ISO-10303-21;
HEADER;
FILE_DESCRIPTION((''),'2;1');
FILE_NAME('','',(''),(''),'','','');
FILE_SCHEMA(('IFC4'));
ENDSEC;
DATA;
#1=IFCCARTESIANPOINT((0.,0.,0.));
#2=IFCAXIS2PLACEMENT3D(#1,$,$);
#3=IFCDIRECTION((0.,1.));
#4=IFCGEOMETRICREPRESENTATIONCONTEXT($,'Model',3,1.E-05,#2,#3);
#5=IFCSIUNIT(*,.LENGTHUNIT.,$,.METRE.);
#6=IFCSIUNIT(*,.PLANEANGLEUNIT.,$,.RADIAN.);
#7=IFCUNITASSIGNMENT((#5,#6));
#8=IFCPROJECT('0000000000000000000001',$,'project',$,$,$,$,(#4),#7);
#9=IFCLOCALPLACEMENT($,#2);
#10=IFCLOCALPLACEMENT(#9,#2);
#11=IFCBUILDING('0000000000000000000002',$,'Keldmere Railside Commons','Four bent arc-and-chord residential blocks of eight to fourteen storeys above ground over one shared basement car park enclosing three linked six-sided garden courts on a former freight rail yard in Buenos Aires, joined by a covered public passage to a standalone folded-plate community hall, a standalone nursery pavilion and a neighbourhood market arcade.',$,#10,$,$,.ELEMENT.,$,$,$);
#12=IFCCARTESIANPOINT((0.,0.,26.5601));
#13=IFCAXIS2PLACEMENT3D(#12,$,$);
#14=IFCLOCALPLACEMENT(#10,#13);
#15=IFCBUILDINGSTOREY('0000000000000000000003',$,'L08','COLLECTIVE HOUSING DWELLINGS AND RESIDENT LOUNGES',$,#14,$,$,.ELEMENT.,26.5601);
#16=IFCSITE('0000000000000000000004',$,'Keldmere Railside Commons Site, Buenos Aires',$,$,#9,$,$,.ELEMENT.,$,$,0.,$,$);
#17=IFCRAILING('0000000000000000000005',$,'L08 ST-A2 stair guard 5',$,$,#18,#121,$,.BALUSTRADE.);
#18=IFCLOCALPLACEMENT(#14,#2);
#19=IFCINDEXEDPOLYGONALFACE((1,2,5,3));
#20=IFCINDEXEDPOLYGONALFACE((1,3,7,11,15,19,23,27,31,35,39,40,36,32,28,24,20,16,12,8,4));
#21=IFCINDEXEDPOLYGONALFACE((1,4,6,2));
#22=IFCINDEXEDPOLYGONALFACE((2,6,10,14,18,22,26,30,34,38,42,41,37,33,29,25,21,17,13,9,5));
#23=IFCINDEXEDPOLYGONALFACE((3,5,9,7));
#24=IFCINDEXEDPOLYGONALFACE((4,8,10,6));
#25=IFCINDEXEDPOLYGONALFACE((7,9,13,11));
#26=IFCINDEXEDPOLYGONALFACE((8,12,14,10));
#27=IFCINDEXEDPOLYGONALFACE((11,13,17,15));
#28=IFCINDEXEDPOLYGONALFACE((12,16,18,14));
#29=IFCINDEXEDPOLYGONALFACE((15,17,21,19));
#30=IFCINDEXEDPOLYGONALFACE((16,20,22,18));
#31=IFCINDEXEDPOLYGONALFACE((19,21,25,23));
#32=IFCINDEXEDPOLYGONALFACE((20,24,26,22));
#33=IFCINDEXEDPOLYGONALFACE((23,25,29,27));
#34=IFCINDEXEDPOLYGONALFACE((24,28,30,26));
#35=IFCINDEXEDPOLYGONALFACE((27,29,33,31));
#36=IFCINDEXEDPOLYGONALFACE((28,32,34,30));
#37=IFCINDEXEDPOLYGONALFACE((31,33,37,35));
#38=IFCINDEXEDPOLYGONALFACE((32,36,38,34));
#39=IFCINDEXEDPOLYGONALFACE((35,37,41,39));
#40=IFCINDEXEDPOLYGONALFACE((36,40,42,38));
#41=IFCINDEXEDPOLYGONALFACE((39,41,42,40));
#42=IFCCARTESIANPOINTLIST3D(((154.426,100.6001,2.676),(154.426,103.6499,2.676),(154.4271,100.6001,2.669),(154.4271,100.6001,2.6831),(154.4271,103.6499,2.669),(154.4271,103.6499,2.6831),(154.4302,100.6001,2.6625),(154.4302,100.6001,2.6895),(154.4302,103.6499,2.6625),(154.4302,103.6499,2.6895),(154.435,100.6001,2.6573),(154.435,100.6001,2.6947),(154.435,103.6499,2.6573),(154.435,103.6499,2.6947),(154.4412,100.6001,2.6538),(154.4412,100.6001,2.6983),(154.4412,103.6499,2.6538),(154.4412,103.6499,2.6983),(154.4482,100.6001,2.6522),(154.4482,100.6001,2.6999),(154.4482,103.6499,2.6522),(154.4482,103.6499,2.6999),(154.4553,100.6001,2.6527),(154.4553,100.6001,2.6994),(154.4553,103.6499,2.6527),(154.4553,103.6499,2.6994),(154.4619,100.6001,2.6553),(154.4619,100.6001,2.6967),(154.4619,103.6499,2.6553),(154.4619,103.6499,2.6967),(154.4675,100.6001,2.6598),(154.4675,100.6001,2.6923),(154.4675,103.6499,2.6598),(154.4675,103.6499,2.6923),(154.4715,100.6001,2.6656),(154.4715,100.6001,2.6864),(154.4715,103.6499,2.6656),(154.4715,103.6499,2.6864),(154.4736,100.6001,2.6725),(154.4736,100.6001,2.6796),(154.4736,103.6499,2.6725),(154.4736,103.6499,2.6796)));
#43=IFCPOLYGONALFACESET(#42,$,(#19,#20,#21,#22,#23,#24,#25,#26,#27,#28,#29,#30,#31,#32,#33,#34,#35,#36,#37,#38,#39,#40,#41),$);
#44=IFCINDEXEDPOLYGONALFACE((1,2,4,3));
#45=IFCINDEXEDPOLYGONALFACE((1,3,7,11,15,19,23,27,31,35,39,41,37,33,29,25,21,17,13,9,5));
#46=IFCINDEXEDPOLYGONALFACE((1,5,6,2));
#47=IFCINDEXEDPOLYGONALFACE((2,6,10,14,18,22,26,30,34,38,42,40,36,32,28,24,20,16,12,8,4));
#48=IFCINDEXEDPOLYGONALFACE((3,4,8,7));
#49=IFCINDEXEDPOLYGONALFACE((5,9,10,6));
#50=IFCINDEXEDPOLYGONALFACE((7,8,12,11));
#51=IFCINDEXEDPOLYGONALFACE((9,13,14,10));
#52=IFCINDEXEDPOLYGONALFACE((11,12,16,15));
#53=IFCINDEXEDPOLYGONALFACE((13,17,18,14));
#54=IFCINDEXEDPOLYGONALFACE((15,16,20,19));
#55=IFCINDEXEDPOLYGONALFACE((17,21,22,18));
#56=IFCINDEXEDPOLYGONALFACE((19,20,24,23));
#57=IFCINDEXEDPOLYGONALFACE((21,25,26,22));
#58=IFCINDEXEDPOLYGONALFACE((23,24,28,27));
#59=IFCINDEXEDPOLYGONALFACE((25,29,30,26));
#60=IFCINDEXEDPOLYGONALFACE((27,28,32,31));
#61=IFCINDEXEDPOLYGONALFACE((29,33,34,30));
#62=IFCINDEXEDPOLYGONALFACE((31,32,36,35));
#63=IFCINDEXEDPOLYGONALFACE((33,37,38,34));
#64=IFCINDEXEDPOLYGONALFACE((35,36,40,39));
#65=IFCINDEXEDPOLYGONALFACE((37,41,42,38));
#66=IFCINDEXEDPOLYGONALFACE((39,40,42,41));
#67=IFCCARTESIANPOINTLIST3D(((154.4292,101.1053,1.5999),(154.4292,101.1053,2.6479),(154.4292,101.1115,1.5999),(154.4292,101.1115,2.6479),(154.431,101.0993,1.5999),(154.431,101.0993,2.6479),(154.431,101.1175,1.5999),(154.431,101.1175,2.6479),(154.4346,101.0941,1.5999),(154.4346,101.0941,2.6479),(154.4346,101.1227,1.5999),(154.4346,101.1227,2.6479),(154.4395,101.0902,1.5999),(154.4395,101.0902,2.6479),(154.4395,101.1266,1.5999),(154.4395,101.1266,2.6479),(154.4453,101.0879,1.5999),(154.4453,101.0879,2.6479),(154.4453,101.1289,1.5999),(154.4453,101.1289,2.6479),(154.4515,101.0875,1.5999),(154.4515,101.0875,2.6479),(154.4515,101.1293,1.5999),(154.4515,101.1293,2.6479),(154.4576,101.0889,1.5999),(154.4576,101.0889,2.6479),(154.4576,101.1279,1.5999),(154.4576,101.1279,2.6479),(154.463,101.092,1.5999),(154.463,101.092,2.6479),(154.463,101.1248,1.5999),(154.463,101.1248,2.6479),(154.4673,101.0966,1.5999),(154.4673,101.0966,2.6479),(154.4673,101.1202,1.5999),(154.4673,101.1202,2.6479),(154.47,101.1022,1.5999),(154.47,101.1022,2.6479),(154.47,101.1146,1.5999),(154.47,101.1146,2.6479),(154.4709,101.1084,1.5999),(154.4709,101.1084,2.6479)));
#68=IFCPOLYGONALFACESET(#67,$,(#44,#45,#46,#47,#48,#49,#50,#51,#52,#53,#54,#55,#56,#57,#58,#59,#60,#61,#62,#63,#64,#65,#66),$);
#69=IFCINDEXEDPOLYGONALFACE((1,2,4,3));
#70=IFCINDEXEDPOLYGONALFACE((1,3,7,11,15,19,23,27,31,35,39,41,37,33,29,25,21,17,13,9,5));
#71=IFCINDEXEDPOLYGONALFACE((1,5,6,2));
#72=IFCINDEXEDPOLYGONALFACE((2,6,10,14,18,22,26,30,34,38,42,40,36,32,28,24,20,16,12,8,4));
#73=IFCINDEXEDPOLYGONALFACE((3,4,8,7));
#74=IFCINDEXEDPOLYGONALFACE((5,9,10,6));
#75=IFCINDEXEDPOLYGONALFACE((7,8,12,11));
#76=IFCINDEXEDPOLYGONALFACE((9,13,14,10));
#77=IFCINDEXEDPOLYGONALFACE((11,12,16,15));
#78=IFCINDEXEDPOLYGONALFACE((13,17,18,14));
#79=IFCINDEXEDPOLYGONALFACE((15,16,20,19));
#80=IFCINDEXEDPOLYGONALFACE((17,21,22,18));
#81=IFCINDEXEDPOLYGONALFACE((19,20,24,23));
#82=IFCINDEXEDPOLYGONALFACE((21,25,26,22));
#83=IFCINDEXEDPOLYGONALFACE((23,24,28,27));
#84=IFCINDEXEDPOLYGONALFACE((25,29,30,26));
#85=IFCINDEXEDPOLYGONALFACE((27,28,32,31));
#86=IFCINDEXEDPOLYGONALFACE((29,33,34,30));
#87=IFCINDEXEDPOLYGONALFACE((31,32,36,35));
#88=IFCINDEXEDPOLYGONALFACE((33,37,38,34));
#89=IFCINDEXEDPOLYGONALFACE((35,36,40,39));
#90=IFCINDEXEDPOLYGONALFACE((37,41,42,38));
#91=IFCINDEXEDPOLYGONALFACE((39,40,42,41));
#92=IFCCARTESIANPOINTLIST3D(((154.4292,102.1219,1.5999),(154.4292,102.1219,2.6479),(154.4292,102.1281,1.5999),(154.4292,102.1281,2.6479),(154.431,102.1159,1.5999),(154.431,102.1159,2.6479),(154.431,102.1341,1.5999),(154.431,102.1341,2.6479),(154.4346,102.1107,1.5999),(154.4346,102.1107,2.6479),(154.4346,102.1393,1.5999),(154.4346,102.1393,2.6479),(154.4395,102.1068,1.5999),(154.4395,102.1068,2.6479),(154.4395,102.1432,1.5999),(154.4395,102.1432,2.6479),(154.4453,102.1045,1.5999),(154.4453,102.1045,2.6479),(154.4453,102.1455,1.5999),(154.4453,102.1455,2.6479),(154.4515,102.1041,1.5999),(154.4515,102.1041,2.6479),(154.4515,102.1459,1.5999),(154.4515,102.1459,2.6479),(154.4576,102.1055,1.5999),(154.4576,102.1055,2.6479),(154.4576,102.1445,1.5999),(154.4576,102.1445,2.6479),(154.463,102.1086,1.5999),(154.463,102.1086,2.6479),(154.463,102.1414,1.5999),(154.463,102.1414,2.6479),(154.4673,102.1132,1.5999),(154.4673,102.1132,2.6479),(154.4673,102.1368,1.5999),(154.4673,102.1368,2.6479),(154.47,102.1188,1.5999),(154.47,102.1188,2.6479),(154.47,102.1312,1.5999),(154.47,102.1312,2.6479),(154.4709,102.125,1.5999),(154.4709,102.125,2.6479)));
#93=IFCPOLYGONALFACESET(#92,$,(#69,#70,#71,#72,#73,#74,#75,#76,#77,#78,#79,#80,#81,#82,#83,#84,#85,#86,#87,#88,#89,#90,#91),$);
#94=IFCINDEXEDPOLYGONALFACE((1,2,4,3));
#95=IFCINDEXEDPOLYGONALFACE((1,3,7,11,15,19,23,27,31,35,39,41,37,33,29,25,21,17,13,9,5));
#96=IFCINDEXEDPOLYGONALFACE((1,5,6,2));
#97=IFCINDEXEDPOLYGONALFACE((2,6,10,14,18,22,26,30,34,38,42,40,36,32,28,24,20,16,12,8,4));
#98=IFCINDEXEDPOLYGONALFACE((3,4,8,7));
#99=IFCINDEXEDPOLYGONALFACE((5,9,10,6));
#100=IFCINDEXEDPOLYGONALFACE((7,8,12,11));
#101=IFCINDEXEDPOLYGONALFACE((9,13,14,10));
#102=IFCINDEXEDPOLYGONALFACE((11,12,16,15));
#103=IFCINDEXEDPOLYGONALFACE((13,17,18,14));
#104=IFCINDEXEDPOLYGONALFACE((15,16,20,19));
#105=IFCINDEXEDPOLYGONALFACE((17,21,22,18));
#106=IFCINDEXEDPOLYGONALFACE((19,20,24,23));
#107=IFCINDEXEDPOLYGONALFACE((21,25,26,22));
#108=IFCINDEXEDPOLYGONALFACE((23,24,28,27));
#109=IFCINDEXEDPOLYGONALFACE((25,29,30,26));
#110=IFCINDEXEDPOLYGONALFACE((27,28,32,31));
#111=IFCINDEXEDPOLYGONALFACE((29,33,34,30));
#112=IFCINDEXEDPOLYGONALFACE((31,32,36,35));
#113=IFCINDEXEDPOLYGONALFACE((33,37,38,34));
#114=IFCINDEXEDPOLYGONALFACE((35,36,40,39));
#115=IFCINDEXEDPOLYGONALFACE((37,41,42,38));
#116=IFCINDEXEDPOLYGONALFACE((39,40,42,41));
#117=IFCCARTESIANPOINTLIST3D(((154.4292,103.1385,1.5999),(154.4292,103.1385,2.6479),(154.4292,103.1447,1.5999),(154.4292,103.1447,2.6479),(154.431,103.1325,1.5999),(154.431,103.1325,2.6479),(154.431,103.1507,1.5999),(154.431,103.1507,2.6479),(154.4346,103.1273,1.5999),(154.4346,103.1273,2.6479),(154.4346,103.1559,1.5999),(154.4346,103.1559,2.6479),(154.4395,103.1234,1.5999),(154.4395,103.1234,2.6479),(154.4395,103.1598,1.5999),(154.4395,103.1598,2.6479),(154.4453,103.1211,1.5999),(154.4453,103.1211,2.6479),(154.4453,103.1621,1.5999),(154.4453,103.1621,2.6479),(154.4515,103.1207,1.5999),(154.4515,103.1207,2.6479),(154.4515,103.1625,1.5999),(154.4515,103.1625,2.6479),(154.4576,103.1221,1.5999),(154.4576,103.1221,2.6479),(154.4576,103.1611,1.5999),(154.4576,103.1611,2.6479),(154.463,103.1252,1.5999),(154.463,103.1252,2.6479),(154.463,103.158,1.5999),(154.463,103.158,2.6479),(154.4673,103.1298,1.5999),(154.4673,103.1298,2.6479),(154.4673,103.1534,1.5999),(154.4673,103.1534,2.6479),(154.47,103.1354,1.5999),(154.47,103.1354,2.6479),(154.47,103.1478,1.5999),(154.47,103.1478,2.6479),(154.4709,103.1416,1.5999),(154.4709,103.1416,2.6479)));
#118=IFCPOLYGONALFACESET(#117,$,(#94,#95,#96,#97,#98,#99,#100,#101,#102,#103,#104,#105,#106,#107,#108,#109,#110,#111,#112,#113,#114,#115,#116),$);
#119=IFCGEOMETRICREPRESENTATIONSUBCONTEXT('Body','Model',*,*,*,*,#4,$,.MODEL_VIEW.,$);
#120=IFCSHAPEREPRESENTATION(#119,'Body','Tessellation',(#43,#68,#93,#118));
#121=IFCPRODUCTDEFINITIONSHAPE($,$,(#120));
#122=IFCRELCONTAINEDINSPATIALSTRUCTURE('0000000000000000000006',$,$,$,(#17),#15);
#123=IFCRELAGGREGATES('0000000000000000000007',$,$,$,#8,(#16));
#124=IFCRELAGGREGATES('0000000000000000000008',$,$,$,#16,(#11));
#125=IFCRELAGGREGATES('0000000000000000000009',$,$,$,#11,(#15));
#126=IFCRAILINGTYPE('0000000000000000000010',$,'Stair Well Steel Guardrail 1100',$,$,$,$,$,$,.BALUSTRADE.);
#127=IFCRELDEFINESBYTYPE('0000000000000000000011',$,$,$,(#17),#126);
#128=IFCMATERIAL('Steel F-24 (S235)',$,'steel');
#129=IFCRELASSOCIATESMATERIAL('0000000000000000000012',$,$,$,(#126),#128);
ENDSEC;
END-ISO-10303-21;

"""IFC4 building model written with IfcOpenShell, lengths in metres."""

from ifc_helpers import new_model, si_unit, direction, frame, origin, origin_2d, place, context, subcontext, project, spatial, circle, extrude, material, type_object, element, save


model = new_model("IFC4")

# Units and contexts
model_context = context("Model", 3, precision=1e-05, world=origin(), true_north=direction((0.0, 1.0)))
body_context = subcontext(model_context, "Body", "Model", "MODEL_VIEW")
ifc_project = project(units=[si_unit("LENGTHUNIT", "METRE"), si_unit("PLANEANGLEUNIT", "RADIAN")], contexts=[model_context])

# Site, building, storey
site_placement = place(None, origin())
site = spatial("IfcSite", under=ifc_project, at=site_placement, Name="Keldmere Railside Commons Site, Buenos Aires", CompositionType="ELEMENT", RefElevation=0.0)
building_placement = place(site_placement, origin())
building = spatial("IfcBuilding", under=site, at=building_placement, Name="Keldmere Railside Commons", Description="Four bent arc-and-chord residential blocks of eight to fourteen storeys above ground over one shared basement car park enclosing three linked six-sided garden courts on a former freight rail yard in Buenos Aires, joined by a covered public passage to a standalone folded-plate community hall, a standalone nursery pavilion and a neighbourhood market arcade.", CompositionType="ELEMENT")
storey_placement = place(building_placement, frame((0.0, 0.0, 26.5601)))
storey = spatial("IfcBuildingStorey", under=building, at=storey_placement, Name="L08", Description="COLLECTIVE HOUSING DWELLINGS AND RESIDENT LOUNGES", CompositionType="ELEMENT", Elevation=26.5601)

# Shared definitions
ifc_material_1 = material(Name="Steel F-24 (S235)", Category="steel")

# Railing
railing_type_1 = type_object("IfcRailingType", Name="Stair Well Steel Guardrail 1100", PredefinedType="BALUSTRADE", material=ifc_material_1)
railing_1_placement = place(storey_placement, frame((154.45, 100.6001, 1.5999)))
element("IfcRailing", 1, at=railing_1_placement, inside=storey, type_object=railing_type_1, Name="L08 ST-A2 stair guard 5", PredefinedType="BALUSTRADE", context=body_context, shape_type="SweptSolid", body=[
    extrude(circle(Radius=0.0239, at=origin_2d()), frame((0.0, 0.0, 1.0762), z_axis=(0.0, 1.0, 0.0), x_axis=(-1.0, 0.0, 0.0)), (0.0, 0.0, 1.0), 3.0498),
    extrude(circle(Radius=0.021, at=origin_2d()), frame((0.0, 0.5083, 0.0)), (0.0, 0.0, 1.0), 1.0481),
    extrude(circle(Radius=0.021, at=origin_2d()), frame((0.0, 1.5249, 0.0)), (0.0, 0.0, 1.0), 1.0481),
    extrude(circle(Radius=0.021, at=origin_2d()), frame((0.0, 2.5415, 0.0)), (0.0, 0.0, 1.0), 1.0481),
])

save(model, "model.ifc")
